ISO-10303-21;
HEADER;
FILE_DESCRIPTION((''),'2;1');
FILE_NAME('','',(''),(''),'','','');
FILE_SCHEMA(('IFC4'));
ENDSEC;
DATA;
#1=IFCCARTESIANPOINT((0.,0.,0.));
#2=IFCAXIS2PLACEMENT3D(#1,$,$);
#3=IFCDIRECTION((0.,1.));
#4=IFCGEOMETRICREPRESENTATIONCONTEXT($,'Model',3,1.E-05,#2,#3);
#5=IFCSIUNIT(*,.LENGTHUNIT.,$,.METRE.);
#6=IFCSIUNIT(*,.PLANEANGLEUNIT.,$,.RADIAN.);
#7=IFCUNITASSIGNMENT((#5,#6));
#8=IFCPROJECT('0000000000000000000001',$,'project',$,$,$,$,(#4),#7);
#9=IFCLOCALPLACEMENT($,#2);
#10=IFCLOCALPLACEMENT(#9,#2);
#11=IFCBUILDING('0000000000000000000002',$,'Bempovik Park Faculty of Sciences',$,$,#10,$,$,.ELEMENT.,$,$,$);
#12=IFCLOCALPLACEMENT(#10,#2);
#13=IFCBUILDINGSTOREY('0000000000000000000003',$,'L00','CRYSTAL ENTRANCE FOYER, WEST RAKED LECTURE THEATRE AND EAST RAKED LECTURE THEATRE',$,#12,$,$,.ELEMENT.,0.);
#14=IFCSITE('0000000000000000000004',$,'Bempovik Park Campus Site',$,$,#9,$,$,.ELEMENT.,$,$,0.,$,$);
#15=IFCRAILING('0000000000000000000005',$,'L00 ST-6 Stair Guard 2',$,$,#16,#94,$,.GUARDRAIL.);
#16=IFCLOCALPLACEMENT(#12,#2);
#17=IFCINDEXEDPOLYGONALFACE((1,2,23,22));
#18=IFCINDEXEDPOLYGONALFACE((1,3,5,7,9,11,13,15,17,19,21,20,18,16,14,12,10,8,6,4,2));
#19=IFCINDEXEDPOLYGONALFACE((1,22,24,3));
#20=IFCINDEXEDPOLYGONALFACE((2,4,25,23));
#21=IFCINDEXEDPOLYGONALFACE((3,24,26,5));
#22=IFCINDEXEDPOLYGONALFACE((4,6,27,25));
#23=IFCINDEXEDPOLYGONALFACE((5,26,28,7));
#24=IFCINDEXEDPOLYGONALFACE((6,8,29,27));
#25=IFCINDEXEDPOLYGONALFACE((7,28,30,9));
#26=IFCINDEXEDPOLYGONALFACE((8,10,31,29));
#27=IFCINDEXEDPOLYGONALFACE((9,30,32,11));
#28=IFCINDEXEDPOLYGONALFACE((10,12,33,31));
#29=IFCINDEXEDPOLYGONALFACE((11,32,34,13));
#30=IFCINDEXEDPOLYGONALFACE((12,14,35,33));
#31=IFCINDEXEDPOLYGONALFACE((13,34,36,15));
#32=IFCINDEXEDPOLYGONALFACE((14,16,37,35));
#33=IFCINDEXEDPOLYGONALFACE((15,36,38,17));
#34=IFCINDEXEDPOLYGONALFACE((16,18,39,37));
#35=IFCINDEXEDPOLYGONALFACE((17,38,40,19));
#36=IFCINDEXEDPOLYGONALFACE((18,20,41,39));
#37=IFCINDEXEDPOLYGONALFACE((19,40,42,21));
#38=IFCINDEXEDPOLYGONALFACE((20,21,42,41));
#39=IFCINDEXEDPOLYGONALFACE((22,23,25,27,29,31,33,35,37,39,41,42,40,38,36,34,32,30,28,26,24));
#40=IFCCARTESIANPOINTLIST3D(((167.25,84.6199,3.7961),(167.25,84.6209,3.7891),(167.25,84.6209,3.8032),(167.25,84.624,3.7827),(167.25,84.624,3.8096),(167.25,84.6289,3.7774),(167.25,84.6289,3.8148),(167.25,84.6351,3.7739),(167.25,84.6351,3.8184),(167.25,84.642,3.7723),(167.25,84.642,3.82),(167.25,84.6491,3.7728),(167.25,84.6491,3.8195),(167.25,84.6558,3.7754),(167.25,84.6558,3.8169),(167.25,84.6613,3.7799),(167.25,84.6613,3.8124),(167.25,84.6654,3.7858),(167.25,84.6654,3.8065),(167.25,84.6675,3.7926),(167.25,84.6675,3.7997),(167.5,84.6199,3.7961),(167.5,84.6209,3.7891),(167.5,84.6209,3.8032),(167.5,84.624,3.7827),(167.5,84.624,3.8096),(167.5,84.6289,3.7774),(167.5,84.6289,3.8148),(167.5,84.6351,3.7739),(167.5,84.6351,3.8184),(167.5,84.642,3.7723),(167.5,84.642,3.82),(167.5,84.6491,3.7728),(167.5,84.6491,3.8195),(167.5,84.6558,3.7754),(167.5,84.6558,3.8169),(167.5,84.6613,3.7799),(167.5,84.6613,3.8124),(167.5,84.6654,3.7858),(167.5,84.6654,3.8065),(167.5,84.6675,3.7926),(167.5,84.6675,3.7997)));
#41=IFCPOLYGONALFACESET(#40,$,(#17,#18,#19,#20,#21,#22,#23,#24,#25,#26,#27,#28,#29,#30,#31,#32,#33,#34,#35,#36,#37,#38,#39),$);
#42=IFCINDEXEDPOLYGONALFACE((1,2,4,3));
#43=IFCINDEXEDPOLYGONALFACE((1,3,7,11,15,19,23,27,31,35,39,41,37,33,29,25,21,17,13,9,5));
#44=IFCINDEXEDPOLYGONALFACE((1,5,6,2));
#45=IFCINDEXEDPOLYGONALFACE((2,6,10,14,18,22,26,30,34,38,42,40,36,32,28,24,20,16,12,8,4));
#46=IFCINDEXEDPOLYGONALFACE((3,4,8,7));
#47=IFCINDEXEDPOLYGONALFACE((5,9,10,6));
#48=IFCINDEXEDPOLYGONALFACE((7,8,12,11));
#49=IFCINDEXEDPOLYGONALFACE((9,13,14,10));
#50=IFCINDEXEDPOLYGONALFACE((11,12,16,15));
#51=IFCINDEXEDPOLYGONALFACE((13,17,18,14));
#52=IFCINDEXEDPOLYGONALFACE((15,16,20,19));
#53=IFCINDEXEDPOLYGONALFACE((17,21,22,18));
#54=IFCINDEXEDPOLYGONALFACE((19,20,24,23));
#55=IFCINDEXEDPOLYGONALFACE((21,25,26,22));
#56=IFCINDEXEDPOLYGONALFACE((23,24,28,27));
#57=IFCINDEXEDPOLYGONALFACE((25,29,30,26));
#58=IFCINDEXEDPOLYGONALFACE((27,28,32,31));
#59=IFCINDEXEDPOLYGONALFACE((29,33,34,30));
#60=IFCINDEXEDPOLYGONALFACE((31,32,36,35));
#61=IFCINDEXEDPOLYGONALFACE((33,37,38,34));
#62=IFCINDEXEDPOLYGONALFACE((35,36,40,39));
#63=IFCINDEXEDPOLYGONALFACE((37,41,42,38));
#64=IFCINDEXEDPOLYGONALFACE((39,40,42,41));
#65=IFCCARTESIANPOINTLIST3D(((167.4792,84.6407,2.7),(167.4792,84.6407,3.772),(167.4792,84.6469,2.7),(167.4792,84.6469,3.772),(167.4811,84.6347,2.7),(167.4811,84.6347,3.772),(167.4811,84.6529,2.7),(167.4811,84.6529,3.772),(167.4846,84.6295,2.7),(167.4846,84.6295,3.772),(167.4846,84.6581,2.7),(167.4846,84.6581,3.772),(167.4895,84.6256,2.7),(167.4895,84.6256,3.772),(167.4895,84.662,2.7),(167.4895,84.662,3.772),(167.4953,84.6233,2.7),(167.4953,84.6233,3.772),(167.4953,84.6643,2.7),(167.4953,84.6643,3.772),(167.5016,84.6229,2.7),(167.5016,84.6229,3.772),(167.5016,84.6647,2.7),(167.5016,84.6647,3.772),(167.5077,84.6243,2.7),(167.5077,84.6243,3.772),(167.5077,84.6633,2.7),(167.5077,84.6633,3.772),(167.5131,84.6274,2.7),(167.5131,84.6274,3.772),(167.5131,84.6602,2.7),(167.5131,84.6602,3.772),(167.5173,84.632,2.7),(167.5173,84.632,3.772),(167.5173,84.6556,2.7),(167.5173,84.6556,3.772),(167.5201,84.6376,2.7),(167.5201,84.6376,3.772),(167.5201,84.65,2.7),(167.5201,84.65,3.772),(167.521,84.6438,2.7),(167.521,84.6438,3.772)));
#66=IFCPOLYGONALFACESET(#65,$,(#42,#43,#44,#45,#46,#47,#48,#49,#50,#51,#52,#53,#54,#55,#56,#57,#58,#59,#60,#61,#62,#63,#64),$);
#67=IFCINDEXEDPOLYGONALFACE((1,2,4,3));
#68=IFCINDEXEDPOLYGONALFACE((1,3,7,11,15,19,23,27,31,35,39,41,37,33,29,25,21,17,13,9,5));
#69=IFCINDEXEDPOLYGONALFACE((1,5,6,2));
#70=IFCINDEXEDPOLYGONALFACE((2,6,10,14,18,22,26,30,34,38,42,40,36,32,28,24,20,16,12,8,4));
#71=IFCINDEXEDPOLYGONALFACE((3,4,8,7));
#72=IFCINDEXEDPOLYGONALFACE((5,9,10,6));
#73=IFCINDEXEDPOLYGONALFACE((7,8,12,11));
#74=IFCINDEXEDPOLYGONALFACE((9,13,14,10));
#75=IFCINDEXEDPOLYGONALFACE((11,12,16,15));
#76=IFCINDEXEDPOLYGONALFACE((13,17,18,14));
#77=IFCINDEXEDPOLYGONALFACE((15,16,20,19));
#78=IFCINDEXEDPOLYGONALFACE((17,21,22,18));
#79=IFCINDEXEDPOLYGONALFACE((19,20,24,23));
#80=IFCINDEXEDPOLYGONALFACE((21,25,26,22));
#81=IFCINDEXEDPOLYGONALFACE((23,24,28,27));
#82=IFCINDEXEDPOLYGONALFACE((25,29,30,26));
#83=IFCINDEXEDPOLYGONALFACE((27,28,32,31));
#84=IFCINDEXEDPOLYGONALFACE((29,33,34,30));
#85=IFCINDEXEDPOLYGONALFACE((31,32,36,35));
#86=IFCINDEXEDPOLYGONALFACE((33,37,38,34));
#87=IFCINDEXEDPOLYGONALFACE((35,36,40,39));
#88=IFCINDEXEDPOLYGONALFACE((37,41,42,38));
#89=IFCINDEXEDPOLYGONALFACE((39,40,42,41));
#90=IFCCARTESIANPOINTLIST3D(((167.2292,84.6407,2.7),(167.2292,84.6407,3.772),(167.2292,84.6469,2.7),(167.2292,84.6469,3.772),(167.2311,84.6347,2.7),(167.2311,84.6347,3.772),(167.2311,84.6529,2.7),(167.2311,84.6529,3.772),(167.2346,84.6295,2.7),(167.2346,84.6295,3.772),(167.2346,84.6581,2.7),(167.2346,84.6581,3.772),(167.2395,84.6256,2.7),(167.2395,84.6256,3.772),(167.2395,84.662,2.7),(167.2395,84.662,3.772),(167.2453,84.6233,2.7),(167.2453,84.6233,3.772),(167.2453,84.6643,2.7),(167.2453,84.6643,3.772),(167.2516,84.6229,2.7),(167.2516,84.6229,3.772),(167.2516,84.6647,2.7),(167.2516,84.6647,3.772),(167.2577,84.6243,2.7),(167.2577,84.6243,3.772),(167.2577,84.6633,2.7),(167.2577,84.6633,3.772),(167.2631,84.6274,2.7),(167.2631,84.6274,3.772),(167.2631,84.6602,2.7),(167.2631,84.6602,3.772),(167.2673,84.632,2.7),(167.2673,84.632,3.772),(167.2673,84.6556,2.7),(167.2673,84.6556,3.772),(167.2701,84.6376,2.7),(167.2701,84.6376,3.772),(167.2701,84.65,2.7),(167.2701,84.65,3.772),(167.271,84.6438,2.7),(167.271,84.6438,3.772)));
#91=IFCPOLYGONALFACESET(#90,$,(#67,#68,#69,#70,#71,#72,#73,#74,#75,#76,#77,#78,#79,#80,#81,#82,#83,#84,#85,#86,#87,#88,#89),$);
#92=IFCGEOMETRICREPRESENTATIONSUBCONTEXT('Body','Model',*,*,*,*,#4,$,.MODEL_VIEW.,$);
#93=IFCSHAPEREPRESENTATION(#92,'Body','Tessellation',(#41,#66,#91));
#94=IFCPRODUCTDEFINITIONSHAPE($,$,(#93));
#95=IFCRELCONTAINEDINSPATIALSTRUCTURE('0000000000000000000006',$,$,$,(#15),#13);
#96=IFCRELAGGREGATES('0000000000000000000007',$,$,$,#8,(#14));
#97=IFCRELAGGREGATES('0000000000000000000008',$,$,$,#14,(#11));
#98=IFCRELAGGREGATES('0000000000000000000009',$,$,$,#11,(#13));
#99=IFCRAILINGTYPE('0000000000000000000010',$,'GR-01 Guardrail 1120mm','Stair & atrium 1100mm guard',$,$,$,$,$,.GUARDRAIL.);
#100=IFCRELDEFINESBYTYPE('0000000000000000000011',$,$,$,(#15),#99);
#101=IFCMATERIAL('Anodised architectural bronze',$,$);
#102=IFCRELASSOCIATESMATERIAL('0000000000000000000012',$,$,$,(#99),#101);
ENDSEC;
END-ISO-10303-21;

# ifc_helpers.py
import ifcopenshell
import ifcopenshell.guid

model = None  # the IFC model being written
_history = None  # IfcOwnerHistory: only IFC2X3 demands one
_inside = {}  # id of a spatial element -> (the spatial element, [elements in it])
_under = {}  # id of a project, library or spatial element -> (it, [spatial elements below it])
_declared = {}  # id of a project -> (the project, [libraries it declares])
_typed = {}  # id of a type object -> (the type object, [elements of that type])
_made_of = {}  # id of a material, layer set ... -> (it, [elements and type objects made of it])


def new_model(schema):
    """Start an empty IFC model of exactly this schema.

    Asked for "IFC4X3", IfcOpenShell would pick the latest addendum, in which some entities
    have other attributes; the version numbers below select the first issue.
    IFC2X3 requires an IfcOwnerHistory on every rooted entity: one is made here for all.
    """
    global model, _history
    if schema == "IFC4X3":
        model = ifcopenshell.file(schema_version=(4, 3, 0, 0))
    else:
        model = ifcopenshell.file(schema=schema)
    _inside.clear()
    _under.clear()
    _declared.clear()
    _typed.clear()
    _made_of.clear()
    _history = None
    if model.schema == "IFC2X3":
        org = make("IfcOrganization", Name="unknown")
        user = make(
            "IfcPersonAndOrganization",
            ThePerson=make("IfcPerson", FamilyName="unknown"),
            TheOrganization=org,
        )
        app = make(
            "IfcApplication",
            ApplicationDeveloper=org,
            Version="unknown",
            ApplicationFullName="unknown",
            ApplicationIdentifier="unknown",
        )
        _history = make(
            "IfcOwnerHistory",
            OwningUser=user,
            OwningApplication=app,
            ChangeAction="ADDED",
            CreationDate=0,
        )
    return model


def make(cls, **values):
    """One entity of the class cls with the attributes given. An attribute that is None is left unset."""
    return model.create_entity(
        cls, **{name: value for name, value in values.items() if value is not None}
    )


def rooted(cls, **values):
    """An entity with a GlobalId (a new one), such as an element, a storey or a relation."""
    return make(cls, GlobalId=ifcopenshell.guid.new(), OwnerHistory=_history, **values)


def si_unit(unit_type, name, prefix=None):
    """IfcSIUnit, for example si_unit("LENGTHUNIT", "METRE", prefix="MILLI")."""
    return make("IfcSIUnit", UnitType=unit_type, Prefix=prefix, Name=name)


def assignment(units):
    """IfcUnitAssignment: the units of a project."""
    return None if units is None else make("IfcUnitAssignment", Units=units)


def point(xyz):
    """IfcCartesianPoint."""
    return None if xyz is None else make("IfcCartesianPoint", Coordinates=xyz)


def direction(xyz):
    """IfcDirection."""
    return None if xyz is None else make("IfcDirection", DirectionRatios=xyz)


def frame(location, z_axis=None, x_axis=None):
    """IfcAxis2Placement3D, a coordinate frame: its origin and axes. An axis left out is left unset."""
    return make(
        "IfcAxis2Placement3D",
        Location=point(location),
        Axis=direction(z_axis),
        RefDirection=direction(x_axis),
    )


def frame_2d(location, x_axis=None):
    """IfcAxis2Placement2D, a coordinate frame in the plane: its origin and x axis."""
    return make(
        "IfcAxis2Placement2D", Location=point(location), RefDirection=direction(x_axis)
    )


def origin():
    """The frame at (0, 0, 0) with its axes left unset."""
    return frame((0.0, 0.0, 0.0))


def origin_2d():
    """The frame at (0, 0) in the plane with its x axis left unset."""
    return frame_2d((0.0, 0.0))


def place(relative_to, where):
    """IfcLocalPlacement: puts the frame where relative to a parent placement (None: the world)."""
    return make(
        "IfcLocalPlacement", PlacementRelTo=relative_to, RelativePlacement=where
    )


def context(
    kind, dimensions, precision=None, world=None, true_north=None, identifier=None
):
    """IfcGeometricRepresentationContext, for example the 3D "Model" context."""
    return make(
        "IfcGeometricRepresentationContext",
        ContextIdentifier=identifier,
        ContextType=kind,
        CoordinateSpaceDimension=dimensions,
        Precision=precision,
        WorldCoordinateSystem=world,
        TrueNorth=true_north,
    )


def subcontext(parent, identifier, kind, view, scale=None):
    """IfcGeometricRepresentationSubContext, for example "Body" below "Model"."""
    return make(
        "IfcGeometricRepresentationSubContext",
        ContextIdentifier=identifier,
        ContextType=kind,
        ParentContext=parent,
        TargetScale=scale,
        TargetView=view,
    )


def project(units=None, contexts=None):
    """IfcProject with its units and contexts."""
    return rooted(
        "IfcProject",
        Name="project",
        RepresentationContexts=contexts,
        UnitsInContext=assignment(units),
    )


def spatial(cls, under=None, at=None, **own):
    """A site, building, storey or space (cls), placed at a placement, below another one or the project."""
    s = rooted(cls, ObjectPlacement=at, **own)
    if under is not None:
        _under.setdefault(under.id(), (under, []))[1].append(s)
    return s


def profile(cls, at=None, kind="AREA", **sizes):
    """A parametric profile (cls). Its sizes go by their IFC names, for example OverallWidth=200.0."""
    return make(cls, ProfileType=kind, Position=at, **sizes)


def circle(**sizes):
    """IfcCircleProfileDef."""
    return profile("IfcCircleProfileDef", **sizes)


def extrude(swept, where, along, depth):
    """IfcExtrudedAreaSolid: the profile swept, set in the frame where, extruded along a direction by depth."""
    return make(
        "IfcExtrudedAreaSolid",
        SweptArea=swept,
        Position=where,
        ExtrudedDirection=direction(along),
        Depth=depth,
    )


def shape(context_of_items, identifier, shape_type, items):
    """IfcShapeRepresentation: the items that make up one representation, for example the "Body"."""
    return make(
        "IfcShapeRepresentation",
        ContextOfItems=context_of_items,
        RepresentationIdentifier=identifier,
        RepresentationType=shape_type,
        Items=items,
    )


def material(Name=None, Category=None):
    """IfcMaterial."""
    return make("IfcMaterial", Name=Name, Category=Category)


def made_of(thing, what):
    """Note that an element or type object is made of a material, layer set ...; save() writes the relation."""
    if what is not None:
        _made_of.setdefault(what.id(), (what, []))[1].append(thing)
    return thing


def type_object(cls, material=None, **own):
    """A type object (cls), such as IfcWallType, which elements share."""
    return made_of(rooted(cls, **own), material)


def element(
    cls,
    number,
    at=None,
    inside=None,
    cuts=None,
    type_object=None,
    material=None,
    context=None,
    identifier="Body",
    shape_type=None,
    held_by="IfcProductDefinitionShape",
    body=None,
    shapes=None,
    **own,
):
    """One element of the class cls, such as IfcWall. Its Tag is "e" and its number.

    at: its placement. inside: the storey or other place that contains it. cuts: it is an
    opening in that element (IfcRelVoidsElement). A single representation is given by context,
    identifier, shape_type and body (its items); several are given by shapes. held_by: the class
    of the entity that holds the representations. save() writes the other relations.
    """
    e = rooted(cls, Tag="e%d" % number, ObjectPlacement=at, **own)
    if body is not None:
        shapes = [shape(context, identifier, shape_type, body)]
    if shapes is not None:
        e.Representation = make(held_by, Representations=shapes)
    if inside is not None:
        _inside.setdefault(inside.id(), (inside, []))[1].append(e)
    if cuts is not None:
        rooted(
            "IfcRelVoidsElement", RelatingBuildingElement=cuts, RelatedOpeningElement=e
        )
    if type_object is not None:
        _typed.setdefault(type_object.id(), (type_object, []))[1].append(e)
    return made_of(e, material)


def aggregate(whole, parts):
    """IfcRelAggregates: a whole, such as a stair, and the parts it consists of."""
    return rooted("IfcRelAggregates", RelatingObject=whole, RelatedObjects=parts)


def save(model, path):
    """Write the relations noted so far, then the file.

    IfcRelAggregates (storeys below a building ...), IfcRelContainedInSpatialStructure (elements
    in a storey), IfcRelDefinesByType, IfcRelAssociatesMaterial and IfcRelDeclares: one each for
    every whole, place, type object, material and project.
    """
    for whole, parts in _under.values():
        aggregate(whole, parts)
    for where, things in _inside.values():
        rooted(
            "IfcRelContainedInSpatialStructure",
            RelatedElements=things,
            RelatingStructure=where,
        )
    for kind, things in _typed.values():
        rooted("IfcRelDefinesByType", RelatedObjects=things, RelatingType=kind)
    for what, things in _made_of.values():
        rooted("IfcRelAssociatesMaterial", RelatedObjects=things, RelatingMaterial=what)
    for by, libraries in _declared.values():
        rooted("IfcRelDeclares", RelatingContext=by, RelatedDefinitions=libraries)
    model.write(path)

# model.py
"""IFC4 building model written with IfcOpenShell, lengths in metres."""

from ifc_helpers import new_model, si_unit, direction, frame, origin, origin_2d, place, context, subcontext, project, spatial, circle, extrude, material, type_object, element, save


model = new_model("IFC4")

# Units and contexts
model_context = context("Model", 3, precision=1e-05, world=origin(), true_north=direction((0.0, 1.0)))
body_context = subcontext(model_context, "Body", "Model", "MODEL_VIEW")
ifc_project = project(units=[si_unit("LENGTHUNIT", "METRE"), si_unit("PLANEANGLEUNIT", "RADIAN")], contexts=[model_context])

# Site, building, storey
site_placement = place(None, origin())
site = spatial("IfcSite", under=ifc_project, at=site_placement, Name="Bempovik Park Campus Site", CompositionType="ELEMENT", RefElevation=0.0)
building_placement = place(site_placement, origin())
building = spatial("IfcBuilding", under=site, at=building_placement, Name="Bempovik Park Faculty of Sciences", CompositionType="ELEMENT")
storey_placement = place(building_placement, origin())
storey = spatial("IfcBuildingStorey", under=building, at=storey_placement, Name="L00", Description="CRYSTAL ENTRANCE FOYER, WEST RAKED LECTURE THEATRE AND EAST RAKED LECTURE THEATRE", CompositionType="ELEMENT", Elevation=0.0)

# Railing
ifc_material_1 = material(Name="Anodised architectural bronze")
railing_type_1 = type_object("IfcRailingType", Name="GR-01 Guardrail 1120mm", Description="Stair & atrium 1100mm guard", PredefinedType="GUARDRAIL", material=ifc_material_1)
railing_1_placement = place(storey_placement, frame((167.5, 84.6438, 2.7)))
element("IfcRailing", 1, at=railing_1_placement, inside=storey, type_object=railing_type_1, Name="L00 ST-6 Stair Guard 2", PredefinedType="GUARDRAIL", context=body_context, shape_type="SweptSolid", body=[
    extrude(circle(Radius=0.0239, at=origin_2d()), frame((0.0, 0.0, 1.0962), z_axis=(-1.0, 0.0, 0.0), x_axis=(0.0, -1.0, 0.0)), (0.0, 0.0, 1.0), 0.25),
    extrude(circle(Radius=0.021, at=origin_2d()), origin(), (0.0, 0.0, 1.0), 1.072),
    extrude(circle(Radius=0.021, at=origin_2d()), frame((-0.25, 0.0, 0.0)), (0.0, 0.0, 1.0), 1.072),
])

save(model, "model.ifc")
